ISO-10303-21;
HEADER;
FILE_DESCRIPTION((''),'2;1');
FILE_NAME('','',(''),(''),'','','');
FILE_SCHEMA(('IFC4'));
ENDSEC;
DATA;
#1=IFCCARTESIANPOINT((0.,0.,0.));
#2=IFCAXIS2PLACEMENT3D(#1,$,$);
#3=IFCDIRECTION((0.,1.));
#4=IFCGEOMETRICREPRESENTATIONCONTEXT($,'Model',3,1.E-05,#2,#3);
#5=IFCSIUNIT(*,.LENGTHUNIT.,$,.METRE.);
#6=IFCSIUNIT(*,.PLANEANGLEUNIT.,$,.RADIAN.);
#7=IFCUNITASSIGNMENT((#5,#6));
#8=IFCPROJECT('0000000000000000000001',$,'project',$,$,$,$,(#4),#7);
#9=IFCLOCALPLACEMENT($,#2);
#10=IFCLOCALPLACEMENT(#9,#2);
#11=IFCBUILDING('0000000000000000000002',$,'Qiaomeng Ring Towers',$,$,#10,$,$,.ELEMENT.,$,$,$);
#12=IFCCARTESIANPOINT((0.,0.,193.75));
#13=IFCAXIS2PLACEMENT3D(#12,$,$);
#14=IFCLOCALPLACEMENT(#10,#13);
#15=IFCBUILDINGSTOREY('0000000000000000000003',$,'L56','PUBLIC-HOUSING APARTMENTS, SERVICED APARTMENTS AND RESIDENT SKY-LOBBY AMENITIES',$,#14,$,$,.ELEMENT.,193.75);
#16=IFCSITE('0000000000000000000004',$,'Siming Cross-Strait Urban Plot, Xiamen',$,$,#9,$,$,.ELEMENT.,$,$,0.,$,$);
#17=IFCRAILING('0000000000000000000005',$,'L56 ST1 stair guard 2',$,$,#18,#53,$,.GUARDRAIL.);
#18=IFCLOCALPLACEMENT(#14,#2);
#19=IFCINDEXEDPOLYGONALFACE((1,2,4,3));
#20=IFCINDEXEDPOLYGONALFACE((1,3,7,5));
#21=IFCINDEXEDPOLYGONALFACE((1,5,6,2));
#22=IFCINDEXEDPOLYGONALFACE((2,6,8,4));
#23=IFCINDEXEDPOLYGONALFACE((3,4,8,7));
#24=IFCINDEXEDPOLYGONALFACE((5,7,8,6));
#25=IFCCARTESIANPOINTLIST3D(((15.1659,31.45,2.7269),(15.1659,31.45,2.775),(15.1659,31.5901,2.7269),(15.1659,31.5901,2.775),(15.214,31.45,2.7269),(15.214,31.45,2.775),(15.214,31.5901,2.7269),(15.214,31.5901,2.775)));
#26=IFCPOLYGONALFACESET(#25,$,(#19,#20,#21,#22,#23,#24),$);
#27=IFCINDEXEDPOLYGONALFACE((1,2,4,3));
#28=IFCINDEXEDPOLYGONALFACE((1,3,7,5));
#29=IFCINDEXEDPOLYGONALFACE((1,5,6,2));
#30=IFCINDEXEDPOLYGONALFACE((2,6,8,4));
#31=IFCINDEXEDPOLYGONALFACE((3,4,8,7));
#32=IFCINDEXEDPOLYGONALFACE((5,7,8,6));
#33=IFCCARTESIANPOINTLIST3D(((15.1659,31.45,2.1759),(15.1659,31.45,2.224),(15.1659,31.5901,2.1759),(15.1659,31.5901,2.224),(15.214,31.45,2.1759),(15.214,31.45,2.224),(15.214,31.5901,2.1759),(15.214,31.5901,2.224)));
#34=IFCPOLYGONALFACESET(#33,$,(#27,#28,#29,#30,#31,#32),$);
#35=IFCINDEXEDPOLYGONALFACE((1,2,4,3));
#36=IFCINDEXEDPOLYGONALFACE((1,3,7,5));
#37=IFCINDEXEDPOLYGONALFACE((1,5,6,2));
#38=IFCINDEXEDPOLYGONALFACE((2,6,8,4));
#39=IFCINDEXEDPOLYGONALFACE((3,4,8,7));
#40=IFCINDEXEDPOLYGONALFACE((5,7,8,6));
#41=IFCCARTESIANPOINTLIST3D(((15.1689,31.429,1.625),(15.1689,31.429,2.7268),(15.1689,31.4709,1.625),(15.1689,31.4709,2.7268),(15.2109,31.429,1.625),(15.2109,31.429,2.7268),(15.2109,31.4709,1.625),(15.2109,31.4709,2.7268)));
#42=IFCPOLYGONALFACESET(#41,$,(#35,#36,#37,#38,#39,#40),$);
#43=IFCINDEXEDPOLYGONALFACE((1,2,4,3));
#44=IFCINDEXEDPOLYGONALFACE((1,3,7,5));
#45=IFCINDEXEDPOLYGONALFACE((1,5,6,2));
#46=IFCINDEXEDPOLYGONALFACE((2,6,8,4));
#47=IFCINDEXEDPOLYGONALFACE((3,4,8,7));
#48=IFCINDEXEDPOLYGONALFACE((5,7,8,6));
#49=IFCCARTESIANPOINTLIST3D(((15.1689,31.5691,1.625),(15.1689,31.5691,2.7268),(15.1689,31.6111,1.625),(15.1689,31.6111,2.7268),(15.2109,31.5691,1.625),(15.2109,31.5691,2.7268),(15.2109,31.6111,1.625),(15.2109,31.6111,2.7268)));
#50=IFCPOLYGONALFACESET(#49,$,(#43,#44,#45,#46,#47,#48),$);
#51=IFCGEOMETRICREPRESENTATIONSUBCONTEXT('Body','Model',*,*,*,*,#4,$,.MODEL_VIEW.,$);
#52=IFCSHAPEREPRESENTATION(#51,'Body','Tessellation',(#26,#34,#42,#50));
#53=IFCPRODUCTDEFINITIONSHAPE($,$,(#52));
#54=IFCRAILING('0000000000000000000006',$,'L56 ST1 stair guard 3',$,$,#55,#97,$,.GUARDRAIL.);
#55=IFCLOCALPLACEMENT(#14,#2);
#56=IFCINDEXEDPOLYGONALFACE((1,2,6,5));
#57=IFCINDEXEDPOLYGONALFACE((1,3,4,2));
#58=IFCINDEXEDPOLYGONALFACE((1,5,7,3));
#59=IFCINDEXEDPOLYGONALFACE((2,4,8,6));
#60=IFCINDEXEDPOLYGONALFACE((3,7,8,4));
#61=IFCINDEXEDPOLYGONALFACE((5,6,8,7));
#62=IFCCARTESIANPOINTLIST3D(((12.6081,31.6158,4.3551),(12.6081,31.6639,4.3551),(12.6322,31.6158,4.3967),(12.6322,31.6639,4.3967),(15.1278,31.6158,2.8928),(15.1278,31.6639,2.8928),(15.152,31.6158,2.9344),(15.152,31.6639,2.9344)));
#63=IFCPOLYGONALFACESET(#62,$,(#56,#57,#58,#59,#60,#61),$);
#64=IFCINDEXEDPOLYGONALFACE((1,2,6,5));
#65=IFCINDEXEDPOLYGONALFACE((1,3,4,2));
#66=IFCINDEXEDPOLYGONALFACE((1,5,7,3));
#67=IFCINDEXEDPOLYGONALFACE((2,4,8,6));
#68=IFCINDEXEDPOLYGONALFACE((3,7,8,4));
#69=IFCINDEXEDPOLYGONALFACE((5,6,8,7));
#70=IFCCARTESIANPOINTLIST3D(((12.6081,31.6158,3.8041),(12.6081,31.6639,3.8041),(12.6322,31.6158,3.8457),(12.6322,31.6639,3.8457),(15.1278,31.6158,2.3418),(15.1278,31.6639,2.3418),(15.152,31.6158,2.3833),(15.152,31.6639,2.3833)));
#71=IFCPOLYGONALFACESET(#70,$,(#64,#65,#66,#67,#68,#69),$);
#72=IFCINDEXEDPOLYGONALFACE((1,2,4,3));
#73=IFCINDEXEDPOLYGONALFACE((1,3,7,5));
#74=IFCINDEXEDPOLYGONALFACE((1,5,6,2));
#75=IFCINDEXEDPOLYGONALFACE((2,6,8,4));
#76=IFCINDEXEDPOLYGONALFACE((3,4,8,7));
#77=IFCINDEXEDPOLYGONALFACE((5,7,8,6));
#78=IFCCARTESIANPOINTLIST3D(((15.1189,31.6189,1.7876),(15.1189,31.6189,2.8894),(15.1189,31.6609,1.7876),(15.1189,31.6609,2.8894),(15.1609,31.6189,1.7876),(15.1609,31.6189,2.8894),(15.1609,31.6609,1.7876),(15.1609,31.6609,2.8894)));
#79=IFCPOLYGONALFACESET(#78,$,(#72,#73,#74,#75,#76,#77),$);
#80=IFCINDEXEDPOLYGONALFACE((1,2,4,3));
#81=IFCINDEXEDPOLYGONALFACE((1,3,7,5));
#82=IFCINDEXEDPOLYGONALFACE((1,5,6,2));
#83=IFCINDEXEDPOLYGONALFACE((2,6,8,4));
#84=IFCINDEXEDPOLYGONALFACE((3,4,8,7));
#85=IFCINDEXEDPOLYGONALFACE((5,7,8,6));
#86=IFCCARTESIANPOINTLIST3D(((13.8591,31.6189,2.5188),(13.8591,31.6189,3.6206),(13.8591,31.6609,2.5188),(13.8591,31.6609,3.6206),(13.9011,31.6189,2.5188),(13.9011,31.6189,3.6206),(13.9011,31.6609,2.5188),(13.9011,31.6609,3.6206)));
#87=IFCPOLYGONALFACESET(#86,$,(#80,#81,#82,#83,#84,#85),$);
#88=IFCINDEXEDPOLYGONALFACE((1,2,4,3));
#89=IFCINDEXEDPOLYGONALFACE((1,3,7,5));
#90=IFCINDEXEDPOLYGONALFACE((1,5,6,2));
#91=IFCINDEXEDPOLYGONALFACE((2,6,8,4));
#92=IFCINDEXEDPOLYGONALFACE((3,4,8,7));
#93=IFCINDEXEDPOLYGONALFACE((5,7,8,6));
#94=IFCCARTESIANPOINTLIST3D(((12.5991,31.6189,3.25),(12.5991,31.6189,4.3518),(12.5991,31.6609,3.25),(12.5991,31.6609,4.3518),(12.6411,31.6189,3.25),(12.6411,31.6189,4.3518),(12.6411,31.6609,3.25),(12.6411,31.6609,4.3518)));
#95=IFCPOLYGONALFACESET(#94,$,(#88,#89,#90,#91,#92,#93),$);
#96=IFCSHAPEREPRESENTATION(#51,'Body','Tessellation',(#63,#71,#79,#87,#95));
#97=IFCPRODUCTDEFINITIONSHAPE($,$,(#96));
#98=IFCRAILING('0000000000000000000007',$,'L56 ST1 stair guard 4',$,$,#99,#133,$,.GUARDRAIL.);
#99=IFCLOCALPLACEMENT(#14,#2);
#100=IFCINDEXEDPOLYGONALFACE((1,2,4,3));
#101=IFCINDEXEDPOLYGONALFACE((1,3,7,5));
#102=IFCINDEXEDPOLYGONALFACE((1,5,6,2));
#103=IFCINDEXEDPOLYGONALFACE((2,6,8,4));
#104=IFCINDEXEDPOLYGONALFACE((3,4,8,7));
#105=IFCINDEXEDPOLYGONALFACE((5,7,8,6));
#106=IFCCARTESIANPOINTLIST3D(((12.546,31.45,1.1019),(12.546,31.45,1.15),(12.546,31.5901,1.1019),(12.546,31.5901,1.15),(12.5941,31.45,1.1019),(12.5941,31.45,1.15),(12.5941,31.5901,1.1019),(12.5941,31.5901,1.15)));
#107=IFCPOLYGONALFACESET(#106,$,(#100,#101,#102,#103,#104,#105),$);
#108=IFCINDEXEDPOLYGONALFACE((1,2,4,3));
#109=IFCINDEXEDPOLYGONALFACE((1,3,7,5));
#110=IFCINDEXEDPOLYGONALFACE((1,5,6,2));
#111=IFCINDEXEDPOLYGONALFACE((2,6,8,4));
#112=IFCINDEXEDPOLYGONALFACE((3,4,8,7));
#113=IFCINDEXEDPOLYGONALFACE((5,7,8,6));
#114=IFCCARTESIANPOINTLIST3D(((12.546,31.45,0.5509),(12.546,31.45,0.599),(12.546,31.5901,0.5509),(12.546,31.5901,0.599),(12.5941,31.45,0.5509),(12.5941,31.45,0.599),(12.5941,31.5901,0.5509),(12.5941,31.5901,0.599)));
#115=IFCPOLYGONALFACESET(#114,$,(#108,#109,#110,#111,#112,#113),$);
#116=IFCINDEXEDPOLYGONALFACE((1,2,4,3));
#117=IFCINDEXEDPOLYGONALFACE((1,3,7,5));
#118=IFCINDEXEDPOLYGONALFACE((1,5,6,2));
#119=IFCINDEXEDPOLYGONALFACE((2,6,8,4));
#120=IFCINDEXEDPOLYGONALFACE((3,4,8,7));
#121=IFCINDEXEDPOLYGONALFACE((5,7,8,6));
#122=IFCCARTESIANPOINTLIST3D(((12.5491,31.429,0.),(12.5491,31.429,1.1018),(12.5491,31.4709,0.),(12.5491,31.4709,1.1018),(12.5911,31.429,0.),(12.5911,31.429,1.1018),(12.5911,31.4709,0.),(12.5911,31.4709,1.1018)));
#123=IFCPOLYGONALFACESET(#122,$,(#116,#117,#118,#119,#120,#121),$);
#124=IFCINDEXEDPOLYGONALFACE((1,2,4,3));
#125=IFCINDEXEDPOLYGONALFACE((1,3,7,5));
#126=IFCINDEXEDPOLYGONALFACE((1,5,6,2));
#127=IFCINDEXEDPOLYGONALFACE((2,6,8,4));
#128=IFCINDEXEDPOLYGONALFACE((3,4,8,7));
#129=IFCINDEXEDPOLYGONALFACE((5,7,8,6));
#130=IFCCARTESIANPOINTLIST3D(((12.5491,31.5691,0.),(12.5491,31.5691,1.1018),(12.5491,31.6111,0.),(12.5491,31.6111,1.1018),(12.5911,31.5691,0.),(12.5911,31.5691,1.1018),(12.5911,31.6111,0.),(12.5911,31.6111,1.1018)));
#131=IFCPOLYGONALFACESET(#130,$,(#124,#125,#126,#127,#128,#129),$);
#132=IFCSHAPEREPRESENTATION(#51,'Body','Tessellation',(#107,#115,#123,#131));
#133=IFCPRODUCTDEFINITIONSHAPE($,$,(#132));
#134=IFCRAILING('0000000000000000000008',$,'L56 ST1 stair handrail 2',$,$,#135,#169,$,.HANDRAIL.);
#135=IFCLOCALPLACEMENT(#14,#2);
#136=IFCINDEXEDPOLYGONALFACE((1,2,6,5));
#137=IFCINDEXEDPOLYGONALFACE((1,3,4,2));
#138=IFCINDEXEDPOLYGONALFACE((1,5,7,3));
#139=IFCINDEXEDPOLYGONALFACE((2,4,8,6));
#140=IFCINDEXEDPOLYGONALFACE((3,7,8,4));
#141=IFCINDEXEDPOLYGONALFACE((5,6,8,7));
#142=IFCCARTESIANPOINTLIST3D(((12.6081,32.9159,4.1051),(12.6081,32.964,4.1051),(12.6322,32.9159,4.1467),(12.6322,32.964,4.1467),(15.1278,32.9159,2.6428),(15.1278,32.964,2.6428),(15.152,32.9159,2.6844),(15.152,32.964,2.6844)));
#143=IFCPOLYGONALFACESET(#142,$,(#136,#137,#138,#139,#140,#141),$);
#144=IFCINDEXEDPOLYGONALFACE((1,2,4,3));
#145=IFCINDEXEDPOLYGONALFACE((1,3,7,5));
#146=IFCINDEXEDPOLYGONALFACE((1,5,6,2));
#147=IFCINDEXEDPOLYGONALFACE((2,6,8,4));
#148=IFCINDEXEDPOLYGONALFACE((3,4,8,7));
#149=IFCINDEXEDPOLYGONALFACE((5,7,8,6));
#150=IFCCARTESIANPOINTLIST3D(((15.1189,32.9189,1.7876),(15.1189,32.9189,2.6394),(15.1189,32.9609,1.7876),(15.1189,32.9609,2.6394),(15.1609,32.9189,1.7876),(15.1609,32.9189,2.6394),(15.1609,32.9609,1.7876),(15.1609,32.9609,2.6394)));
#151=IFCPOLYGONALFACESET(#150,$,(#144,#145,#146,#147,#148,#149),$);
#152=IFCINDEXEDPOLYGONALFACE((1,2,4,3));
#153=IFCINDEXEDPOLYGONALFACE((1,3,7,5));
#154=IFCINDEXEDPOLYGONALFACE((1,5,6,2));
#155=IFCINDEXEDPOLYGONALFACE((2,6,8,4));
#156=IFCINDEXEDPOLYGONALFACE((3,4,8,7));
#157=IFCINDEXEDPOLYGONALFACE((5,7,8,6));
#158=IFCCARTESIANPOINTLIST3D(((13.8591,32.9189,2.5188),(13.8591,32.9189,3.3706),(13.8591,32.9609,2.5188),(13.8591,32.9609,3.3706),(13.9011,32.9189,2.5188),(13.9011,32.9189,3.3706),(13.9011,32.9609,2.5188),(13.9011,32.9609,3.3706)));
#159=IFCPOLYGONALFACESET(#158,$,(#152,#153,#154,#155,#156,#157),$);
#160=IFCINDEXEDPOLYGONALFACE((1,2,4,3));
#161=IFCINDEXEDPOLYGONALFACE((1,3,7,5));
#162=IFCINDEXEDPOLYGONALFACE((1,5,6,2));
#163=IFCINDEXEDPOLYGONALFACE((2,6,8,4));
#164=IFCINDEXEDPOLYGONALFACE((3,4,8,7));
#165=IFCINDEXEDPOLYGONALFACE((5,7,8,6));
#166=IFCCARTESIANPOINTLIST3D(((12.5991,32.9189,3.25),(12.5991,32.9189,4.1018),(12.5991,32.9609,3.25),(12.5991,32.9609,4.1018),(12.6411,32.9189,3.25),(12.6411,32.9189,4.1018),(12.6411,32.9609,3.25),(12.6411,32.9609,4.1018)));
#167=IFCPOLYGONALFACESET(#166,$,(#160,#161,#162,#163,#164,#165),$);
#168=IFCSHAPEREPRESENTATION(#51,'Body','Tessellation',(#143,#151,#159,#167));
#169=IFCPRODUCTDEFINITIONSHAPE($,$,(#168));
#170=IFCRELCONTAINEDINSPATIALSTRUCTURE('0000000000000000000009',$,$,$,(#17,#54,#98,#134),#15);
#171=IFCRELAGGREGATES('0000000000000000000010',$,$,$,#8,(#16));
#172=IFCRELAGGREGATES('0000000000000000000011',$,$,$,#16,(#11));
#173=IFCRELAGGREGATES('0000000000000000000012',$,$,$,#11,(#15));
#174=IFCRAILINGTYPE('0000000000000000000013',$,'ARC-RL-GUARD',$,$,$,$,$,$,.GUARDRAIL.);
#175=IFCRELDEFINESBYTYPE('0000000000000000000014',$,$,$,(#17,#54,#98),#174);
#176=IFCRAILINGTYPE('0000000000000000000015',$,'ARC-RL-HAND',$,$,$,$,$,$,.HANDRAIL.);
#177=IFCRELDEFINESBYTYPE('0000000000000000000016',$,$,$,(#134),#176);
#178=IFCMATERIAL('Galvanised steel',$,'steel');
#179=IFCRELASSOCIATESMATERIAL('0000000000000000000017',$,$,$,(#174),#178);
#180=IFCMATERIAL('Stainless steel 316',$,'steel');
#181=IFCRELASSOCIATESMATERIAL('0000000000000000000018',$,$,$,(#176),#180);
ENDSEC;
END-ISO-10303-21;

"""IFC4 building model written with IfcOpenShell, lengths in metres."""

from ifc_helpers import new_model, si_unit, direction, frame, origin, origin_2d, place, context, subcontext, project, spatial, rectangle, extrude, material, type_object, element, save


model = new_model("IFC4")

# Units and contexts
model_context = context("Model", 3, precision=1e-05, world=origin(), true_north=direction((0.0, 1.0)))
body_context = subcontext(model_context, "Body", "Model", "MODEL_VIEW")
ifc_project = project(units=[si_unit("LENGTHUNIT", "METRE"), si_unit("PLANEANGLEUNIT", "RADIAN")], contexts=[model_context])

# Site, building, storey
site_placement = place(None, origin())
site = spatial("IfcSite", under=ifc_project, at=site_placement, Name="Siming Cross-Strait Urban Plot, Xiamen", CompositionType="ELEMENT", RefElevation=0.0)
building_placement = place(site_placement, origin())
building = spatial("IfcBuilding", under=site, at=building_placement, Name="Qiaomeng Ring Towers", CompositionType="ELEMENT")
storey_placement = place(building_placement, frame((0.0, 0.0, 193.75)))
storey = spatial("IfcBuildingStorey", under=building, at=storey_placement, Name="L56", Description="PUBLIC-HOUSING APARTMENTS, SERVICED APARTMENTS AND RESIDENT SKY-LOBBY AMENITIES", CompositionType="ELEMENT", Elevation=193.75)

# Shared definitions
ifc_material_1 = material(Name="Galvanised steel", Category="steel")

# Railings
railing_type_1 = type_object("IfcRailingType", Name="ARC-RL-GUARD", PredefinedType="GUARDRAIL", material=ifc_material_1)
railing_1_placement = place(storey_placement, frame((15.1899, 31.45, 1.625)))
element("IfcRailing", 1, at=railing_1_placement, inside=storey, type_object=railing_type_1, Name="L56 ST1 stair guard 2", PredefinedType="GUARDRAIL", context=body_context, shape_type="SweptSolid", body=[
    extrude(rectangle(XDim=0.0481, YDim=0.0481, at=origin_2d()), frame((0.0, 0.0, 1.126), z_axis=(0.0, 1.0, 0.0), x_axis=(-1.0, 0.0, 0.0)), (0.0, 0.0, 1.0), 0.1401),
    extrude(rectangle(XDim=0.0481, YDim=0.0481, at=origin_2d()), frame((0.0, 0.0, 0.575), z_axis=(0.0, 1.0, 0.0), x_axis=(-1.0, 0.0, 0.0)), (0.0, 0.0, 1.0), 0.1401),
    extrude(rectangle(XDim=0.042, YDim=0.042, at=origin_2d()), origin(), (0.0, 0.0, 1.0), 1.1018),
    extrude(rectangle(XDim=0.042, YDim=0.042, at=origin_2d()), frame((0.0, 0.1401, 0.0)), (0.0, 0.0, 1.0), 1.1018),
])
railing_2_placement = place(storey_placement, frame((15.1399, 31.6399, 1.7876)))
element("IfcRailing", 2, at=railing_2_placement, inside=storey, type_object=railing_type_1, Name="L56 ST1 stair guard 3", PredefinedType="GUARDRAIL", context=body_context, shape_type="SweptSolid", body=[
    extrude(rectangle(XDim=0.0481, YDim=0.0481, at=origin_2d()), frame((0.0, 0.0, 1.126), z_axis=(-0.864892, 0.0, 0.501958), x_axis=(0.0, -1.0, 0.0)), (0.0, 0.0, 1.0), 2.9133),
    extrude(rectangle(XDim=0.0481, YDim=0.0481, at=origin_2d()), frame((0.0, 0.0, 0.575), z_axis=(-0.864892, 0.0, 0.501958), x_axis=(0.0, -1.0, 0.0)), (0.0, 0.0, 1.0), 2.9133),
    extrude(rectangle(XDim=0.042, YDim=0.042, at=origin_2d()), origin(), (0.0, 0.0, 1.0), 1.1018),
    extrude(rectangle(XDim=0.042, YDim=0.042, at=origin_2d()), frame((-1.2598, 0.0, 0.7312)), (0.0, 0.0, 1.0), 1.1018),
    extrude(rectangle(XDim=0.042, YDim=0.042, at=origin_2d()), frame((-2.5198, 0.0, 1.4624)), (0.0, 0.0, 1.0), 1.1018),
])
railing_3_placement = place(storey_placement, frame((12.5701, 31.45, 0.0)))
element("IfcRailing", 3, at=railing_3_placement, inside=storey, type_object=railing_type_1, Name="L56 ST1 stair guard 4", PredefinedType="GUARDRAIL", context=body_context, shape_type="SweptSolid", body=[
    extrude(rectangle(XDim=0.0481, YDim=0.0481, at=origin_2d()), frame((0.0, 0.0, 1.126), z_axis=(0.0, 1.0, 0.0), x_axis=(-1.0, 0.0, 0.0)), (0.0, 0.0, 1.0), 0.1401),
    extrude(rectangle(XDim=0.0481, YDim=0.0481, at=origin_2d()), frame((0.0, 0.0, 0.575), z_axis=(0.0, 1.0, 0.0), x_axis=(-1.0, 0.0, 0.0)), (0.0, 0.0, 1.0), 0.1401),
    extrude(rectangle(XDim=0.042, YDim=0.042, at=origin_2d()), origin(), (0.0, 0.0, 1.0), 1.1018),
    extrude(rectangle(XDim=0.042, YDim=0.042, at=origin_2d()), frame((0.0, 0.1401, 0.0)), (0.0, 0.0, 1.0), 1.1018),
])
ifc_material_2 = material(Name="Stainless steel 316", Category="steel")
railing_type_2 = type_object("IfcRailingType", Name="ARC-RL-HAND", PredefinedType="HANDRAIL", material=ifc_material_2)
railing_4_placement = place(storey_placement, frame((15.1399, 32.9399, 1.7876)))
element("IfcRailing", 4, at=railing_4_placement, inside=storey, type_object=railing_type_2, Name="L56 ST1 stair handrail 2", PredefinedType="HANDRAIL", context=body_context, shape_type="SweptSolid", body=[
    extrude(rectangle(XDim=0.0481, YDim=0.0481, at=origin_2d()), frame((0.0, 0.0, 0.876), z_axis=(-0.864892, 0.0, 0.501958), x_axis=(0.0, -1.0, 0.0)), (0.0, 0.0, 1.0), 2.9133),
    extrude(rectangle(XDim=0.042, YDim=0.042, at=origin_2d()), origin(), (0.0, 0.0, 1.0), 0.8518),
    extrude(rectangle(XDim=0.042, YDim=0.042, at=origin_2d()), frame((-1.2598, 0.0, 0.7312)), (0.0, 0.0, 1.0), 0.8518),
    extrude(rectangle(XDim=0.042, YDim=0.042, at=origin_2d()), frame((-2.5198, 0.0, 1.4624)), (0.0, 0.0, 1.0), 0.8518),
])

save(model, "model.ifc")
